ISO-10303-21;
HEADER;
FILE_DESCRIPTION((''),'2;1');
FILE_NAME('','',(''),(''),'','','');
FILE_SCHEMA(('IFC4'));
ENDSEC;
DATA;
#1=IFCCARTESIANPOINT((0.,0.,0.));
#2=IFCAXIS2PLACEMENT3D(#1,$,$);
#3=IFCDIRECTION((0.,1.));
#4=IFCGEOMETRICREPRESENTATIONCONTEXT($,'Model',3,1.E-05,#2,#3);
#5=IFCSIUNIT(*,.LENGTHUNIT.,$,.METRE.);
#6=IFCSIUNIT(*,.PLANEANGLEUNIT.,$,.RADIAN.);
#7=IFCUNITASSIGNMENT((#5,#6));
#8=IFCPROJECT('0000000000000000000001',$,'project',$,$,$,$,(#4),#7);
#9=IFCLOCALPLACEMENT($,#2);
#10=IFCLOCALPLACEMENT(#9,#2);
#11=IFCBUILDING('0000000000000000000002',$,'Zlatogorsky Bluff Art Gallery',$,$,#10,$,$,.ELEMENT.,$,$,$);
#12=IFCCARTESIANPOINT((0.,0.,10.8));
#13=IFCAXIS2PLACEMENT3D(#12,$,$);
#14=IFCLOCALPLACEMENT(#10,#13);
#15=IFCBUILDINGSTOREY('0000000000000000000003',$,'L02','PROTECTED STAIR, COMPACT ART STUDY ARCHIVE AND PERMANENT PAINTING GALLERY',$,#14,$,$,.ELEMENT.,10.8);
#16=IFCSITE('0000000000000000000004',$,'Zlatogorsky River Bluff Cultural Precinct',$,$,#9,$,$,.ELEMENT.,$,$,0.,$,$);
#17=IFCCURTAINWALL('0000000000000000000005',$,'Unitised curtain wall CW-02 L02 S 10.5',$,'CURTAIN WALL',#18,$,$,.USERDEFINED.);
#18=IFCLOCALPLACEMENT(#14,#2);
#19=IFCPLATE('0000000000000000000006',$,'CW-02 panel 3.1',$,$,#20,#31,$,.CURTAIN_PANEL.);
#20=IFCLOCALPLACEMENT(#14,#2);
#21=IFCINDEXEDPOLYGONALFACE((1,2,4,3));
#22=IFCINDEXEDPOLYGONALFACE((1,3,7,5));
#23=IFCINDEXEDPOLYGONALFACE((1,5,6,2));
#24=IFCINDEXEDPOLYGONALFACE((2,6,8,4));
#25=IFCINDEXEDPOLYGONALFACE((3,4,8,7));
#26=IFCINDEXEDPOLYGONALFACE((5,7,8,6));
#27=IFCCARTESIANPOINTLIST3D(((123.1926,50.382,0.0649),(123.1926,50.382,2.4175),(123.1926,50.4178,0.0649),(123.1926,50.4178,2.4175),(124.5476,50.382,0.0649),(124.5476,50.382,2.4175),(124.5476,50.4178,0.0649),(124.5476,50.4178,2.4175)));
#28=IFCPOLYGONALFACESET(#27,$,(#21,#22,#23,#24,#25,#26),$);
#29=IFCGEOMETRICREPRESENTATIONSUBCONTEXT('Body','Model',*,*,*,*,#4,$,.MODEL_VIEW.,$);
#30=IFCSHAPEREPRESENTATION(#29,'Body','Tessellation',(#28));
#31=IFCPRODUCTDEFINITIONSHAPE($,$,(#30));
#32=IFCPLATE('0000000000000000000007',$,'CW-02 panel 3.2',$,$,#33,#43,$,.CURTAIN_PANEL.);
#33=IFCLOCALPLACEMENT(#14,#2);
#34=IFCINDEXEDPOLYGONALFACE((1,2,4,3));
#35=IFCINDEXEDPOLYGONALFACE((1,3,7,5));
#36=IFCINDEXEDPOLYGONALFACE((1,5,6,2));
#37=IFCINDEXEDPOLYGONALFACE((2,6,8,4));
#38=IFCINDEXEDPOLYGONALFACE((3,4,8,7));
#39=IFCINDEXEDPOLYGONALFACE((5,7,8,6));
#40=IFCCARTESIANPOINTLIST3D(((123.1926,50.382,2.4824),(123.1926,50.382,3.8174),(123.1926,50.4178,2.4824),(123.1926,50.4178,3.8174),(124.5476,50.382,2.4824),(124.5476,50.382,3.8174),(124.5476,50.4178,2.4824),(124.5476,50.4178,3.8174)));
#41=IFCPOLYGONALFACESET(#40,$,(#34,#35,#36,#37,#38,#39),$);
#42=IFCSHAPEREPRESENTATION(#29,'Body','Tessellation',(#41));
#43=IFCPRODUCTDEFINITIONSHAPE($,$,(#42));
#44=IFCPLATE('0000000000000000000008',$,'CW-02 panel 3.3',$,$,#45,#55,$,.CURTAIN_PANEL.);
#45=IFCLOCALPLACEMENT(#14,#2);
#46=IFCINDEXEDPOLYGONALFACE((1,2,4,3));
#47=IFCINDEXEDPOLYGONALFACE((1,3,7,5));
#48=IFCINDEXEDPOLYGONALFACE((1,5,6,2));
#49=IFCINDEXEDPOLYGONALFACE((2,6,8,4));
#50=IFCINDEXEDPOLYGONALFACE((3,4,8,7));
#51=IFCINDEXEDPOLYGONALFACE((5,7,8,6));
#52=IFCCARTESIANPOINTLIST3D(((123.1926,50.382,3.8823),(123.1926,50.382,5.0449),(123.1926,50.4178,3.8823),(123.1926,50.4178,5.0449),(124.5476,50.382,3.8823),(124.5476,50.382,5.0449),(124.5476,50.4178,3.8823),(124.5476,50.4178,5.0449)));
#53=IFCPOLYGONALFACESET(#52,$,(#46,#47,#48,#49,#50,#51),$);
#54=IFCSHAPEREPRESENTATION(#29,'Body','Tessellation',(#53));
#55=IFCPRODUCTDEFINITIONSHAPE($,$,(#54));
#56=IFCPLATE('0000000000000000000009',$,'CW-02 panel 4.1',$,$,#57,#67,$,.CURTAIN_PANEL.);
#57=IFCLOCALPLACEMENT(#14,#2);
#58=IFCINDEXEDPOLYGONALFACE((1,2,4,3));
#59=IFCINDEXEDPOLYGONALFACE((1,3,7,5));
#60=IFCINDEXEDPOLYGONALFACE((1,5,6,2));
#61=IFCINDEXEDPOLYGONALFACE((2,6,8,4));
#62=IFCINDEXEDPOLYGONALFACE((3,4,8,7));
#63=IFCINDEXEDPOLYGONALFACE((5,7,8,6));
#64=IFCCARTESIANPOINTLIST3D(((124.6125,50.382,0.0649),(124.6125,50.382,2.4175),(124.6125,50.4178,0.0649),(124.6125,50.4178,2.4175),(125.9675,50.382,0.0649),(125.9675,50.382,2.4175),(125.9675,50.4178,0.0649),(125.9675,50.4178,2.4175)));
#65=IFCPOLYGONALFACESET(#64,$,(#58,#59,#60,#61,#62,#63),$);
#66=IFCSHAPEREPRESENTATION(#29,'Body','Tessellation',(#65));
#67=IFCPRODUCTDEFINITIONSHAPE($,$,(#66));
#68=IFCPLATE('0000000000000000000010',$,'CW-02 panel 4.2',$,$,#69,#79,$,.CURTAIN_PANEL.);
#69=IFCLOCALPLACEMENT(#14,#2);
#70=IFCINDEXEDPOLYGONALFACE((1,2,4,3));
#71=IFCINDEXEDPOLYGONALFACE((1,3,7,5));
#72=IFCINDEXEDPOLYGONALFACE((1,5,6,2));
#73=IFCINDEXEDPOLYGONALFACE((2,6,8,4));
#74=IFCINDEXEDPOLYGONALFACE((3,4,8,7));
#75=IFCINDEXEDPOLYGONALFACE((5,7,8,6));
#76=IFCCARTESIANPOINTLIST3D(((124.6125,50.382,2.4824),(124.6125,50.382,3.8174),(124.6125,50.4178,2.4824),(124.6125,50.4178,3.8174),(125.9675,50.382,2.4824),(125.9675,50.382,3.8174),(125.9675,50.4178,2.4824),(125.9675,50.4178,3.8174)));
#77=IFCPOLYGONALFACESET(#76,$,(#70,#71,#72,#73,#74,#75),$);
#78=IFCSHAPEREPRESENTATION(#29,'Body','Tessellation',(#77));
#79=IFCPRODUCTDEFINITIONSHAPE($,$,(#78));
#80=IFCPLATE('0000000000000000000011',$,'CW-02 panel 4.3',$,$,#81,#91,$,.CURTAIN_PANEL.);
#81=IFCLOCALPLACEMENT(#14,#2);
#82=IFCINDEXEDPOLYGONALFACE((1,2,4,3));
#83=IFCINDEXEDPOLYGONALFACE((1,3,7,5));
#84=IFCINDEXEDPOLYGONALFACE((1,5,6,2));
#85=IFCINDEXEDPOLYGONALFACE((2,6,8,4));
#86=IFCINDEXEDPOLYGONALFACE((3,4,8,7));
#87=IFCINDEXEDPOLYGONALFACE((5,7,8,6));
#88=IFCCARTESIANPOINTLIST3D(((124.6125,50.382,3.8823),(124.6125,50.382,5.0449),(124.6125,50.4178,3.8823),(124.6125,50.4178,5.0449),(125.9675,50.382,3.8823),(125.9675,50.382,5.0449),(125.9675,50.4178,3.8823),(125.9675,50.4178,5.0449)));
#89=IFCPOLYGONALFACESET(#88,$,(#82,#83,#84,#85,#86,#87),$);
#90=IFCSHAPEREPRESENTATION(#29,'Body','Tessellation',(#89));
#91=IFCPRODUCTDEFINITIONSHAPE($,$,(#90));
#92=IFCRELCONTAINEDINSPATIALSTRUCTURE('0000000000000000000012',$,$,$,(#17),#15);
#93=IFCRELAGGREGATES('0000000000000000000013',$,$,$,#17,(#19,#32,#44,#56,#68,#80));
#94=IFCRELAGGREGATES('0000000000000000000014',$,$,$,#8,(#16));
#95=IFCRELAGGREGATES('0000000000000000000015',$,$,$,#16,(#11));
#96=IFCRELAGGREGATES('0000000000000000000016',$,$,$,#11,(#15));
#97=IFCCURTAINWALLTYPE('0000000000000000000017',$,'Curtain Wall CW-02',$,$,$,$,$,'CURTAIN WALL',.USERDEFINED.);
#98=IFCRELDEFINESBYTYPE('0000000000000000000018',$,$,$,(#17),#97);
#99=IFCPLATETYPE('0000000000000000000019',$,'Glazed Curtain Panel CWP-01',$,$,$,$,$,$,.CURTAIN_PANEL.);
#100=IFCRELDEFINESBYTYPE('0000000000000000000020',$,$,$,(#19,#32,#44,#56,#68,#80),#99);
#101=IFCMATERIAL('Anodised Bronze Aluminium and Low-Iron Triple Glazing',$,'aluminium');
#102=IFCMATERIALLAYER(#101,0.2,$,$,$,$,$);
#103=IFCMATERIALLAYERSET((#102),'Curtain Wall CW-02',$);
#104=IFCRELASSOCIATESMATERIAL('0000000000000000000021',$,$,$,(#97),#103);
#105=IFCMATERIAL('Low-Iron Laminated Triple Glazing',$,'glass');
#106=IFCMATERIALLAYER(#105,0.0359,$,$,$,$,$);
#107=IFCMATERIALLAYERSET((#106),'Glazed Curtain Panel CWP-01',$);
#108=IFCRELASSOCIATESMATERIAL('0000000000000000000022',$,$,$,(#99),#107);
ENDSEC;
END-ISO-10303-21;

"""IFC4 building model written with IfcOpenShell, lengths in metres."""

from ifc_helpers import new_model, si_unit, direction, frame, origin, origin_2d, place, context, subcontext, project, spatial, rectangle, extrude, material, layer, layer_set, type_object, element, aggregate, save


model = new_model("IFC4")

# Units and contexts
model_context = context("Model", 3, precision=1e-05, world=origin(), true_north=direction((0.0, 1.0)))
body_context = subcontext(model_context, "Body", "Model", "MODEL_VIEW")
ifc_project = project(units=[si_unit("LENGTHUNIT", "METRE"), si_unit("PLANEANGLEUNIT", "RADIAN")], contexts=[model_context])

# Site, building, storey
site_placement = place(None, origin())
site = spatial("IfcSite", under=ifc_project, at=site_placement, Name="Zlatogorsky River Bluff Cultural Precinct", CompositionType="ELEMENT", RefElevation=0.0)
building_placement = place(site_placement, origin())
building = spatial("IfcBuilding", under=site, at=building_placement, Name="Zlatogorsky Bluff Art Gallery", CompositionType="ELEMENT")
storey_placement = place(building_placement, frame((0.0, 0.0, 10.8)))
storey = spatial("IfcBuildingStorey", under=building, at=storey_placement, Name="L02", Description="PROTECTED STAIR, COMPACT ART STUDY ARCHIVE AND PERMANENT PAINTING GALLERY", CompositionType="ELEMENT", Elevation=10.8)

# Curtain wall, plates
ifc_material_1 = material(Name="Anodised Bronze Aluminium and Low-Iron Triple Glazing", Category="aluminium")
ifc_layer_1 = layer(ifc_material_1, 0.2)
ifc_layer_set_1 = layer_set([ifc_layer_1], Name="Curtain Wall CW-02")
curtain_wall_type = type_object("IfcCurtainWallType", Name="Curtain Wall CW-02", ElementType="CURTAIN WALL", PredefinedType="USERDEFINED", material=ifc_layer_set_1)
curtain_wall_placement = place(storey_placement, origin())
curtain_wall = element("IfcCurtainWall", 1, at=curtain_wall_placement, inside=storey, type_object=curtain_wall_type, Name="Unitised curtain wall CW-02 L02 S 10.5", ObjectType="CURTAIN WALL", PredefinedType="USERDEFINED")
ifc_material_2 = material(Name="Low-Iron Laminated Triple Glazing", Category="glass")
ifc_layer_2 = layer(ifc_material_2, 0.0359)
ifc_layer_set_2 = layer_set([ifc_layer_2], Name="Glazed Curtain Panel CWP-01")
plate_type = type_object("IfcPlateType", Name="Glazed Curtain Panel CWP-01", PredefinedType="CURTAIN_PANEL", material=ifc_layer_set_2)
plate_1_placement = place(storey_placement, frame((123.8701, 50.3999, 0.0649), z_axis=(0.0, 0.0, 1.0), x_axis=(1.0, 0.0, 0.0)))
plate_1 = element("IfcPlate", 2, at=plate_1_placement, type_object=plate_type, Name="CW-02 panel 3.1", PredefinedType="CURTAIN_PANEL", context=body_context, shape_type="SweptSolid", body=[
    extrude(rectangle(XDim=1.355, YDim=0.0359, at=origin_2d()), origin(), (0.0, 0.0, 1.0), 2.3525),
])
plate_2_placement = place(storey_placement, frame((123.8701, 50.3999, 2.4824), z_axis=(0.0, 0.0, 1.0), x_axis=(1.0, 0.0, 0.0)))
plate_2 = element("IfcPlate", 3, at=plate_2_placement, type_object=plate_type, Name="CW-02 panel 3.2", PredefinedType="CURTAIN_PANEL", context=body_context, shape_type="SweptSolid", body=[
    extrude(rectangle(XDim=1.355, YDim=0.0359, at=origin_2d()), origin(), (0.0, 0.0, 1.0), 1.335),
])
plate_3_placement = place(storey_placement, frame((123.8701, 50.3999, 3.8823), z_axis=(0.0, 0.0, 1.0), x_axis=(1.0, 0.0, 0.0)))
plate_3 = element("IfcPlate", 4, at=plate_3_placement, type_object=plate_type, Name="CW-02 panel 3.3", PredefinedType="CURTAIN_PANEL", context=body_context, shape_type="SweptSolid", body=[
    extrude(rectangle(XDim=1.355, YDim=0.0359, at=origin_2d()), origin(), (0.0, 0.0, 1.0), 1.1626),
])
plate_4_placement = place(storey_placement, frame((125.29, 50.3999, 0.0649), z_axis=(0.0, 0.0, 1.0), x_axis=(1.0, 0.0, 0.0)))
plate_4 = element("IfcPlate", 5, at=plate_4_placement, type_object=plate_type, Name="CW-02 panel 4.1", PredefinedType="CURTAIN_PANEL", context=body_context, shape_type="SweptSolid", body=[
    extrude(rectangle(XDim=1.355, YDim=0.0359, at=origin_2d()), origin(), (0.0, 0.0, 1.0), 2.3525),
])
plate_5_placement = place(storey_placement, frame((125.29, 50.3999, 2.4824), z_axis=(0.0, 0.0, 1.0), x_axis=(1.0, 0.0, 0.0)))
plate_5 = element("IfcPlate", 6, at=plate_5_placement, type_object=plate_type, Name="CW-02 panel 4.2", PredefinedType="CURTAIN_PANEL", context=body_context, shape_type="SweptSolid", body=[
    extrude(rectangle(XDim=1.355, YDim=0.0359, at=origin_2d()), origin(), (0.0, 0.0, 1.0), 1.335),
])
plate_6_placement = place(storey_placement, frame((125.29, 50.3999, 3.8823), z_axis=(0.0, 0.0, 1.0), x_axis=(1.0, 0.0, 0.0)))
plate_6 = element("IfcPlate", 7, at=plate_6_placement, type_object=plate_type, Name="CW-02 panel 4.3", PredefinedType="CURTAIN_PANEL", context=body_context, shape_type="SweptSolid", body=[
    extrude(rectangle(XDim=1.355, YDim=0.0359, at=origin_2d()), origin(), (0.0, 0.0, 1.0), 1.1626),
])
aggregate(curtain_wall, [plate_1, plate_2, plate_3, plate_4, plate_5, plate_6])

save(model, "model.ifc")
